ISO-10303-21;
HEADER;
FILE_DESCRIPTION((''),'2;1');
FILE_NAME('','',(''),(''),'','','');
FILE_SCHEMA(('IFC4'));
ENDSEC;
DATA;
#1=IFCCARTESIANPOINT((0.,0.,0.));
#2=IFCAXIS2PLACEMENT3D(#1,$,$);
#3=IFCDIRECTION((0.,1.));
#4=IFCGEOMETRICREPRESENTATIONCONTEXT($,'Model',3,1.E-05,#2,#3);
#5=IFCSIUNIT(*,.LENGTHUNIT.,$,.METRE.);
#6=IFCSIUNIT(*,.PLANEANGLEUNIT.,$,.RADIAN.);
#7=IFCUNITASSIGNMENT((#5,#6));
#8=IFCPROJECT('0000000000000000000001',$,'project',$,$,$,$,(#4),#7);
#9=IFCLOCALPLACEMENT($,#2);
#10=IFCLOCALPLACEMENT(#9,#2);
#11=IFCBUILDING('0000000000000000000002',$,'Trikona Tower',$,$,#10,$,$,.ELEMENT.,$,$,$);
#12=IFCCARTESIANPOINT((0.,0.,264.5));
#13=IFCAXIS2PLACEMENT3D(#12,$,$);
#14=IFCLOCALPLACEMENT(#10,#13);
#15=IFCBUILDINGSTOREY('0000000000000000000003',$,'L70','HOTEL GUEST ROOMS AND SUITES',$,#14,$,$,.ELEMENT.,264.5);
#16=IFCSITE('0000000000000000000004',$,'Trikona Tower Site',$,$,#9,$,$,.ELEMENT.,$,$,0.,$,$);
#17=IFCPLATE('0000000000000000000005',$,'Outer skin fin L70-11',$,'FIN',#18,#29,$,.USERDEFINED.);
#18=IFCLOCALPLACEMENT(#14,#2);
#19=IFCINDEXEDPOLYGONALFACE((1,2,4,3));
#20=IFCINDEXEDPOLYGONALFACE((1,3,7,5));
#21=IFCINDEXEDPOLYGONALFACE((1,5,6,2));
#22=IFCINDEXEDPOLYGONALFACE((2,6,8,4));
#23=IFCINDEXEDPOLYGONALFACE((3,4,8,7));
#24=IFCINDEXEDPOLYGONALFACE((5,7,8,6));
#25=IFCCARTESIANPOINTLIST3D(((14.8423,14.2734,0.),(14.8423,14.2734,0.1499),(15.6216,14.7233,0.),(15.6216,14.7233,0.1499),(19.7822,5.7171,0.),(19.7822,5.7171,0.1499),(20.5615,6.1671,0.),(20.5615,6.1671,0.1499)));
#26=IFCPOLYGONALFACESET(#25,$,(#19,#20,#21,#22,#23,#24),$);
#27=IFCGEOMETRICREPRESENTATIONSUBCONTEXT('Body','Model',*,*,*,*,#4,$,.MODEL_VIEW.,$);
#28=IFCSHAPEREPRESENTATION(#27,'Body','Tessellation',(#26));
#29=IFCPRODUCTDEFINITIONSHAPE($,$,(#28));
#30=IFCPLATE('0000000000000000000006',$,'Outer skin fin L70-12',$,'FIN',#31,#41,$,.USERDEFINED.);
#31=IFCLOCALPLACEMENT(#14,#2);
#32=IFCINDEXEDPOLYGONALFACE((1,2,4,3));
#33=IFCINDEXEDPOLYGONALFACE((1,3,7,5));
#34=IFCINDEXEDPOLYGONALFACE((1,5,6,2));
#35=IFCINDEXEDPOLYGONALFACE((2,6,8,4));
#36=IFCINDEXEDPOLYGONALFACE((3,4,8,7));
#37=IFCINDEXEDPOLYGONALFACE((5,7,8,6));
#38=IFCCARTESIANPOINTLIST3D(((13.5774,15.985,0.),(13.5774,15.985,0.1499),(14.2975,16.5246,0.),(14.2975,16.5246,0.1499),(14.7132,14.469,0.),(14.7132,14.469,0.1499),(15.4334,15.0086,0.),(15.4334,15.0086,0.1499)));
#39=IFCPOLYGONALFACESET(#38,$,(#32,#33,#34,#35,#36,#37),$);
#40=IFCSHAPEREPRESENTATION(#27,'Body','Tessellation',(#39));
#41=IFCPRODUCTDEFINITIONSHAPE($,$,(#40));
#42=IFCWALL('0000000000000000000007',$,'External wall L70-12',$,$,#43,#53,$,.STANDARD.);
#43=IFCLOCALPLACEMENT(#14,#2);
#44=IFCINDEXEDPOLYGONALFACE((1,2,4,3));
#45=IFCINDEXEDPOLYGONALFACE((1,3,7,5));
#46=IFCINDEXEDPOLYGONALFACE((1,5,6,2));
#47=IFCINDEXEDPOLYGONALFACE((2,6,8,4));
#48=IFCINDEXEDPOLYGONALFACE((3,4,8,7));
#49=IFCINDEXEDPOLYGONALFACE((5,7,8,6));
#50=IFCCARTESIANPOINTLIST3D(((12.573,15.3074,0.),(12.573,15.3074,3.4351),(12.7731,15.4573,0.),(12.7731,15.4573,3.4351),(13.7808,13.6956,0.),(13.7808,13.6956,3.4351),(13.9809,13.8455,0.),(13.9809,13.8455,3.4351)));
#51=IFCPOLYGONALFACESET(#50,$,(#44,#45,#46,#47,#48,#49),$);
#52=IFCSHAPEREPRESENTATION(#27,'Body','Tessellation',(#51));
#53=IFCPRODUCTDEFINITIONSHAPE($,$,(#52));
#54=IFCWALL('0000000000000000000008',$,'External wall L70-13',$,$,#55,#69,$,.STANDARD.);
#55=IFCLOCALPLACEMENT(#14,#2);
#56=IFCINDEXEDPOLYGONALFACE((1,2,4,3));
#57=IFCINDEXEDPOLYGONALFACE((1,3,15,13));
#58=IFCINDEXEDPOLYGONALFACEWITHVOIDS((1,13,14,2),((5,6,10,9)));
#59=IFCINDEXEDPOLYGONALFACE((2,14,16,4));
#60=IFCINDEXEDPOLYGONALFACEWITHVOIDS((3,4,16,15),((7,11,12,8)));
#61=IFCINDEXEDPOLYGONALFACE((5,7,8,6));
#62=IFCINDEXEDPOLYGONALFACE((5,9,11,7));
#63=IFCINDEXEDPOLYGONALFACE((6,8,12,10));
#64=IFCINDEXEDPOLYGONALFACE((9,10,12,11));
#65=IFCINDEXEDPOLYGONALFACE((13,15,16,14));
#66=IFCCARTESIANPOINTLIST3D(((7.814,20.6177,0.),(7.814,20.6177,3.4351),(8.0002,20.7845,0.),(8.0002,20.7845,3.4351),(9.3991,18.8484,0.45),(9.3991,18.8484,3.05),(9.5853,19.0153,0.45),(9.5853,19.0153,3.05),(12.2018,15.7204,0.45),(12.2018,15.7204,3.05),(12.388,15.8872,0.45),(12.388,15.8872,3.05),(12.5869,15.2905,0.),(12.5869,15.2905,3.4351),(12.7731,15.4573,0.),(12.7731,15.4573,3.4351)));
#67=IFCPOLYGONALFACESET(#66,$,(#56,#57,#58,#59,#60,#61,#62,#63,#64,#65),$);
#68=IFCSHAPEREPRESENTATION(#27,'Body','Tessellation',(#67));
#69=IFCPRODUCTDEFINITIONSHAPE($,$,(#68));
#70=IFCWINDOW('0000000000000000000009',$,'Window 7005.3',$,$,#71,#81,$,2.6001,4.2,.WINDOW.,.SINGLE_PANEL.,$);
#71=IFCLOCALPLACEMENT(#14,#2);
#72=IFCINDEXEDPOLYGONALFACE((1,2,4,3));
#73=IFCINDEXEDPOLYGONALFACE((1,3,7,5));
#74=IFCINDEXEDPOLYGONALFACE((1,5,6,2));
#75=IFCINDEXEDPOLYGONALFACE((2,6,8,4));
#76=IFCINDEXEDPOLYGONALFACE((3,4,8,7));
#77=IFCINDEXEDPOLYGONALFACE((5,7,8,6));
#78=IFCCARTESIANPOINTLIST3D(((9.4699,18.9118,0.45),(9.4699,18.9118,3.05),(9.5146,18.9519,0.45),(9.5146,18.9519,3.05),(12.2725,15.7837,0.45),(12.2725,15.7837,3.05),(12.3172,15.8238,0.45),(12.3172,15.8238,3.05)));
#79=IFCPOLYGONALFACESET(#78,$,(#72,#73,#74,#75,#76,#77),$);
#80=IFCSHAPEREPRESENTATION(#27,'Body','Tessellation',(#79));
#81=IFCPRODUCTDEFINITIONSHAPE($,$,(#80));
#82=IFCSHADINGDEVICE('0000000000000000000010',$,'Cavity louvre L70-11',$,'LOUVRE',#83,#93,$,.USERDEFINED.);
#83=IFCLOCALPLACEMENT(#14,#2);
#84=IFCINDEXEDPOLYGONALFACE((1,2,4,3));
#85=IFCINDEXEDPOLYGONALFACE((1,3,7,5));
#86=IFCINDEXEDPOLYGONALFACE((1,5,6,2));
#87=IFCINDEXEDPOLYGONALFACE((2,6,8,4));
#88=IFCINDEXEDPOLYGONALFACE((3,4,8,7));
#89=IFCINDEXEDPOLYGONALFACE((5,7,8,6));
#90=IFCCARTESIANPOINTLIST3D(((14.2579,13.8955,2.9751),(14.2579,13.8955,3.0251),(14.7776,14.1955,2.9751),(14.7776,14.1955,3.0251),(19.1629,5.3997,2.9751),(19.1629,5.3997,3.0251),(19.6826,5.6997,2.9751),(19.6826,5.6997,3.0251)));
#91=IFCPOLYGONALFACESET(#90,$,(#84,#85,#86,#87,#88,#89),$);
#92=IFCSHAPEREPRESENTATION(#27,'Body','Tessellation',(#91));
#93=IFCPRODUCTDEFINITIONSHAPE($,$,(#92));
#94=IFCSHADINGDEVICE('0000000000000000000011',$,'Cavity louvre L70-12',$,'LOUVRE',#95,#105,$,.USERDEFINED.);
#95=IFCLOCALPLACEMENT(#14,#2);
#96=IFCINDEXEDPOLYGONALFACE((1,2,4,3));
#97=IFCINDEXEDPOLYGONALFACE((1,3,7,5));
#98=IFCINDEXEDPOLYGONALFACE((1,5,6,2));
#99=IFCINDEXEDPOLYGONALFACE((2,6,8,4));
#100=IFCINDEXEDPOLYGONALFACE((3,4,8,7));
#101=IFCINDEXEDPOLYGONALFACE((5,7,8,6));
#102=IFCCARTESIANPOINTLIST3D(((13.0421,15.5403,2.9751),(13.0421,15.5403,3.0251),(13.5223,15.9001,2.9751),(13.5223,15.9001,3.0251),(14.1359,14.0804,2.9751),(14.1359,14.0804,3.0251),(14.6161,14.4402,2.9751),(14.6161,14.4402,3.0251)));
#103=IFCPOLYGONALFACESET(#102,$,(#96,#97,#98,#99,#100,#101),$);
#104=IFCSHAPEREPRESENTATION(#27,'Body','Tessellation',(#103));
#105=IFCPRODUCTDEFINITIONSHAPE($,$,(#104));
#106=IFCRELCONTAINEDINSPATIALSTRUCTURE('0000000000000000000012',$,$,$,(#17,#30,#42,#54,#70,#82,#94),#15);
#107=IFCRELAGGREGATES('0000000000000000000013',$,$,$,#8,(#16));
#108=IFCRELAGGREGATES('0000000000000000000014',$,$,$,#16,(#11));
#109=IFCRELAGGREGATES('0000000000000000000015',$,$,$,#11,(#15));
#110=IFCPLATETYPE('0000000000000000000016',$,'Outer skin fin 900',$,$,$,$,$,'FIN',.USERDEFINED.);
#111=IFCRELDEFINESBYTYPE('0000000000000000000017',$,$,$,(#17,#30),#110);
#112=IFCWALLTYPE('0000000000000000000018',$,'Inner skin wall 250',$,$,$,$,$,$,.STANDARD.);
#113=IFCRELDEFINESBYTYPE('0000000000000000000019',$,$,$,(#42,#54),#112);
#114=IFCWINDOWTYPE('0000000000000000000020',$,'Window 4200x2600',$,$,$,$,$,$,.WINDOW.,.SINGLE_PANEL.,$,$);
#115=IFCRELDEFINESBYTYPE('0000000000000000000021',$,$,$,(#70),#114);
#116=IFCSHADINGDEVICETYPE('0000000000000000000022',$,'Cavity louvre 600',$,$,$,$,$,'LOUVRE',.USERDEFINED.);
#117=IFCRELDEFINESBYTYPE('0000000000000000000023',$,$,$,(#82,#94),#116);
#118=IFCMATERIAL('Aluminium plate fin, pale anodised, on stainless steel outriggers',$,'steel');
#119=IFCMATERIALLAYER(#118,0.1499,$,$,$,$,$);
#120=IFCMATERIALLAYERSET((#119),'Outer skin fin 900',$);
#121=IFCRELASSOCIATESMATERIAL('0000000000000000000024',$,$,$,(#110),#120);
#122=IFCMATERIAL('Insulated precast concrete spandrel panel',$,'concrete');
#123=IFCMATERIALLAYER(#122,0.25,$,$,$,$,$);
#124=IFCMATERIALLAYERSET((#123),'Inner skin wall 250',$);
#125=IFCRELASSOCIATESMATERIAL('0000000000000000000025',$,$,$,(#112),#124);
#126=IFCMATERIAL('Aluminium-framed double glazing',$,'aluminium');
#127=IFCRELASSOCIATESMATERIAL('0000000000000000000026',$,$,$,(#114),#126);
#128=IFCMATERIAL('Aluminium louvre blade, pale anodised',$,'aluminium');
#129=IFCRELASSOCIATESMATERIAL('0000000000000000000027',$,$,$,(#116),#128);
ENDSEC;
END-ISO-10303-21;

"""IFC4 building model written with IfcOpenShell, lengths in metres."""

from ifc_helpers import new_model, si_unit, direction, frame, frame_2d, origin, origin_2d, place, context, subcontext, project, spatial, rectangle, extrude, material, layer, layer_set, type_object, element, fill, save


model = new_model("IFC4")

# Units and contexts
model_context = context("Model", 3, precision=1e-05, world=origin(), true_north=direction((0.0, 1.0)))
body_context = subcontext(model_context, "Body", "Model", "MODEL_VIEW")
ifc_project = project(units=[si_unit("LENGTHUNIT", "METRE"), si_unit("PLANEANGLEUNIT", "RADIAN")], contexts=[model_context])

# Site, building, storey
site_placement = place(None, origin())
site = spatial("IfcSite", under=ifc_project, at=site_placement, Name="Trikona Tower Site", CompositionType="ELEMENT", RefElevation=0.0)
building_placement = place(site_placement, origin())
building = spatial("IfcBuilding", under=site, at=building_placement, Name="Trikona Tower", CompositionType="ELEMENT")
storey_placement = place(building_placement, frame((0.0, 0.0, 264.5)))
storey = spatial("IfcBuildingStorey", under=building, at=storey_placement, Name="L70", Description="HOTEL GUEST ROOMS AND SUITES", CompositionType="ELEMENT", Elevation=264.5)

# Plates
ifc_material_1 = material(Name="Aluminium plate fin, pale anodised, on stainless steel outriggers", Category="steel")
ifc_layer_1 = layer(ifc_material_1, 0.1499)
ifc_layer_set_1 = layer_set([ifc_layer_1], Name="Outer skin fin 900")
plate_type_1 = type_object("IfcPlateType", Name="Outer skin fin 900", ElementType="FIN", PredefinedType="USERDEFINED", material=ifc_layer_set_1)
plate_1_placement = place(storey_placement, frame((17.7019, 10.2202, 0.0), z_axis=(0.0, 0.0, 1.0), x_axis=(-0.499998, 0.866026, 0.0)))
element("IfcPlate", 1, at=plate_1_placement, inside=storey, type_object=plate_type_1, Name="Outer skin fin L70-11", ObjectType="FIN", PredefinedType="USERDEFINED", context=body_context, shape_type="SweptSolid", body=[
    extrude(rectangle(XDim=9.8799, YDim=0.8999, at=origin_2d()), origin(), (0.0, 0.0, 1.0), 0.1499),
])
plate_2_placement = place(storey_placement, frame((14.5054, 15.4968, 0.0), z_axis=(0.0, 0.0, 1.0), x_axis=(-0.599619, 0.800286, 0.0)))
element("IfcPlate", 2, at=plate_2_placement, inside=storey, type_object=plate_type_1, Name="Outer skin fin L70-12", ObjectType="FIN", PredefinedType="USERDEFINED", context=body_context, shape_type="SweptSolid", body=[
    extrude(rectangle(XDim=1.8943, YDim=0.8999, at=origin_2d()), origin(), (0.0, 0.0, 1.0), 0.1499),
])

# Wall
ifc_material_2 = material(Name="Insulated precast concrete spandrel panel", Category="concrete")
ifc_layer_2 = layer(ifc_material_2, 0.25)
ifc_layer_set_2 = layer_set([ifc_layer_2], Name="Inner skin wall 250")
wall_type = type_object("IfcWallType", Name="Inner skin wall 250", PredefinedType="STANDARD", material=ifc_layer_set_2)
wall_1_placement = place(storey_placement, frame((13.8809, 13.7705, 0.0), z_axis=(0.0, 0.0, 1.0), x_axis=(-0.599651, 0.800262, 0.0)))
element("IfcWall", 3, at=wall_1_placement, inside=storey, type_object=wall_type, Name="External wall L70-12", PredefinedType="STANDARD", context=body_context, shape_type="SweptSolid", body=[
    extrude(rectangle(XDim=2.0142, YDim=0.25, at=frame_2d((1.0071, 0.0))), origin(), (0.0, 0.0, 1.0), 3.4351),
])

# Wall, opening, window
wall_2_placement = place(storey_placement, frame((12.6799, 15.374, 0.0), z_axis=(0.0, 0.0, 1.0), x_axis=(-0.667304, 0.744786, 0.0)))
wall_2 = element("IfcWall", 4, at=wall_2_placement, inside=storey, type_object=wall_type, Name="External wall L70-13", PredefinedType="STANDARD", context=body_context, shape_type="SweptSolid", body=[
    extrude(rectangle(XDim=7.1526, YDim=0.25, at=frame_2d((3.5762, 0.0))), origin(), (0.0, 0.0, 1.0), 3.4351),
])
opening_placement = place(wall_2_placement, frame((0.5769, 0.0, 0.45)))
opening = element("IfcOpeningElement", 5, at=opening_placement, cuts=wall_2, PredefinedType="OPENING", context=body_context, shape_type="SweptSolid", body=[
    extrude(rectangle(XDim=4.2, YDim=2.6001, at=frame_2d((2.1001, 1.3))), frame((0.0, 0.135, 0.0), z_axis=(0.0, -1.0, 0.0), x_axis=(1.0, 0.0, 0.0)), (0.0, 0.0, 1.0), 0.27),
])
ifc_material_3 = material(Name="Aluminium-framed double glazing", Category="aluminium")
window_type = type_object("IfcWindowType", Name="Window 4200x2600", PartitioningType="SINGLE_PANEL", PredefinedType="WINDOW", material=ifc_material_3)
window_placement = place(opening_placement, origin())
window = element("IfcWindow", 6, at=window_placement, inside=storey, type_object=window_type, Name="Window 7005.3", OverallHeight=2.6001, OverallWidth=4.2, PartitioningType="SINGLE_PANEL", PredefinedType="WINDOW", context=body_context, shape_type="SweptSolid", body=[
    extrude(rectangle(XDim=4.2, YDim=2.6001, at=frame_2d((2.1001, 1.3))), frame((0.0, 0.03, 0.0), z_axis=(0.0, -1.0, 0.0), x_axis=(1.0, 0.0, 0.0)), (0.0, 0.0, 1.0), 0.0601),
])
fill(opening, window)

# Shading devices
ifc_material_4 = material(Name="Aluminium louvre blade, pale anodised", Category="aluminium")
shading_device_type = type_object("IfcShadingDeviceType", Name="Cavity louvre 600", ElementType="LOUVRE", PredefinedType="USERDEFINED", material=ifc_material_4)
shading_device_1_placement = place(storey_placement, frame((16.9702, 9.7976, 2.9751), z_axis=(0.0, 0.0, 1.0), x_axis=(-0.499998, 0.866026, 0.0)))
element("IfcShadingDevice", 7, at=shading_device_1_placement, inside=storey, type_object=shading_device_type, Name="Cavity louvre L70-11", ObjectType="LOUVRE", PredefinedType="USERDEFINED", context=body_context, shape_type="SweptSolid", body=[
    extrude(rectangle(XDim=9.8101, YDim=0.6001, at=origin_2d()), origin(), (0.0, 0.0, 1.0), 0.05),
])
shading_device_2_placement = place(storey_placement, frame((13.8291, 14.9902, 2.9751), z_axis=(0.0, 0.0, 1.0), x_axis=(-0.599619, 0.800286, 0.0)))
element("IfcShadingDevice", 8, at=shading_device_2_placement, inside=storey, type_object=shading_device_type, Name="Cavity louvre L70-12", ObjectType="LOUVRE", PredefinedType="USERDEFINED", context=body_context, shape_type="SweptSolid", body=[
    extrude(rectangle(XDim=1.8242, YDim=0.6001, at=origin_2d()), origin(), (0.0, 0.0, 1.0), 0.05),
])

save(model, "model.ifc")
